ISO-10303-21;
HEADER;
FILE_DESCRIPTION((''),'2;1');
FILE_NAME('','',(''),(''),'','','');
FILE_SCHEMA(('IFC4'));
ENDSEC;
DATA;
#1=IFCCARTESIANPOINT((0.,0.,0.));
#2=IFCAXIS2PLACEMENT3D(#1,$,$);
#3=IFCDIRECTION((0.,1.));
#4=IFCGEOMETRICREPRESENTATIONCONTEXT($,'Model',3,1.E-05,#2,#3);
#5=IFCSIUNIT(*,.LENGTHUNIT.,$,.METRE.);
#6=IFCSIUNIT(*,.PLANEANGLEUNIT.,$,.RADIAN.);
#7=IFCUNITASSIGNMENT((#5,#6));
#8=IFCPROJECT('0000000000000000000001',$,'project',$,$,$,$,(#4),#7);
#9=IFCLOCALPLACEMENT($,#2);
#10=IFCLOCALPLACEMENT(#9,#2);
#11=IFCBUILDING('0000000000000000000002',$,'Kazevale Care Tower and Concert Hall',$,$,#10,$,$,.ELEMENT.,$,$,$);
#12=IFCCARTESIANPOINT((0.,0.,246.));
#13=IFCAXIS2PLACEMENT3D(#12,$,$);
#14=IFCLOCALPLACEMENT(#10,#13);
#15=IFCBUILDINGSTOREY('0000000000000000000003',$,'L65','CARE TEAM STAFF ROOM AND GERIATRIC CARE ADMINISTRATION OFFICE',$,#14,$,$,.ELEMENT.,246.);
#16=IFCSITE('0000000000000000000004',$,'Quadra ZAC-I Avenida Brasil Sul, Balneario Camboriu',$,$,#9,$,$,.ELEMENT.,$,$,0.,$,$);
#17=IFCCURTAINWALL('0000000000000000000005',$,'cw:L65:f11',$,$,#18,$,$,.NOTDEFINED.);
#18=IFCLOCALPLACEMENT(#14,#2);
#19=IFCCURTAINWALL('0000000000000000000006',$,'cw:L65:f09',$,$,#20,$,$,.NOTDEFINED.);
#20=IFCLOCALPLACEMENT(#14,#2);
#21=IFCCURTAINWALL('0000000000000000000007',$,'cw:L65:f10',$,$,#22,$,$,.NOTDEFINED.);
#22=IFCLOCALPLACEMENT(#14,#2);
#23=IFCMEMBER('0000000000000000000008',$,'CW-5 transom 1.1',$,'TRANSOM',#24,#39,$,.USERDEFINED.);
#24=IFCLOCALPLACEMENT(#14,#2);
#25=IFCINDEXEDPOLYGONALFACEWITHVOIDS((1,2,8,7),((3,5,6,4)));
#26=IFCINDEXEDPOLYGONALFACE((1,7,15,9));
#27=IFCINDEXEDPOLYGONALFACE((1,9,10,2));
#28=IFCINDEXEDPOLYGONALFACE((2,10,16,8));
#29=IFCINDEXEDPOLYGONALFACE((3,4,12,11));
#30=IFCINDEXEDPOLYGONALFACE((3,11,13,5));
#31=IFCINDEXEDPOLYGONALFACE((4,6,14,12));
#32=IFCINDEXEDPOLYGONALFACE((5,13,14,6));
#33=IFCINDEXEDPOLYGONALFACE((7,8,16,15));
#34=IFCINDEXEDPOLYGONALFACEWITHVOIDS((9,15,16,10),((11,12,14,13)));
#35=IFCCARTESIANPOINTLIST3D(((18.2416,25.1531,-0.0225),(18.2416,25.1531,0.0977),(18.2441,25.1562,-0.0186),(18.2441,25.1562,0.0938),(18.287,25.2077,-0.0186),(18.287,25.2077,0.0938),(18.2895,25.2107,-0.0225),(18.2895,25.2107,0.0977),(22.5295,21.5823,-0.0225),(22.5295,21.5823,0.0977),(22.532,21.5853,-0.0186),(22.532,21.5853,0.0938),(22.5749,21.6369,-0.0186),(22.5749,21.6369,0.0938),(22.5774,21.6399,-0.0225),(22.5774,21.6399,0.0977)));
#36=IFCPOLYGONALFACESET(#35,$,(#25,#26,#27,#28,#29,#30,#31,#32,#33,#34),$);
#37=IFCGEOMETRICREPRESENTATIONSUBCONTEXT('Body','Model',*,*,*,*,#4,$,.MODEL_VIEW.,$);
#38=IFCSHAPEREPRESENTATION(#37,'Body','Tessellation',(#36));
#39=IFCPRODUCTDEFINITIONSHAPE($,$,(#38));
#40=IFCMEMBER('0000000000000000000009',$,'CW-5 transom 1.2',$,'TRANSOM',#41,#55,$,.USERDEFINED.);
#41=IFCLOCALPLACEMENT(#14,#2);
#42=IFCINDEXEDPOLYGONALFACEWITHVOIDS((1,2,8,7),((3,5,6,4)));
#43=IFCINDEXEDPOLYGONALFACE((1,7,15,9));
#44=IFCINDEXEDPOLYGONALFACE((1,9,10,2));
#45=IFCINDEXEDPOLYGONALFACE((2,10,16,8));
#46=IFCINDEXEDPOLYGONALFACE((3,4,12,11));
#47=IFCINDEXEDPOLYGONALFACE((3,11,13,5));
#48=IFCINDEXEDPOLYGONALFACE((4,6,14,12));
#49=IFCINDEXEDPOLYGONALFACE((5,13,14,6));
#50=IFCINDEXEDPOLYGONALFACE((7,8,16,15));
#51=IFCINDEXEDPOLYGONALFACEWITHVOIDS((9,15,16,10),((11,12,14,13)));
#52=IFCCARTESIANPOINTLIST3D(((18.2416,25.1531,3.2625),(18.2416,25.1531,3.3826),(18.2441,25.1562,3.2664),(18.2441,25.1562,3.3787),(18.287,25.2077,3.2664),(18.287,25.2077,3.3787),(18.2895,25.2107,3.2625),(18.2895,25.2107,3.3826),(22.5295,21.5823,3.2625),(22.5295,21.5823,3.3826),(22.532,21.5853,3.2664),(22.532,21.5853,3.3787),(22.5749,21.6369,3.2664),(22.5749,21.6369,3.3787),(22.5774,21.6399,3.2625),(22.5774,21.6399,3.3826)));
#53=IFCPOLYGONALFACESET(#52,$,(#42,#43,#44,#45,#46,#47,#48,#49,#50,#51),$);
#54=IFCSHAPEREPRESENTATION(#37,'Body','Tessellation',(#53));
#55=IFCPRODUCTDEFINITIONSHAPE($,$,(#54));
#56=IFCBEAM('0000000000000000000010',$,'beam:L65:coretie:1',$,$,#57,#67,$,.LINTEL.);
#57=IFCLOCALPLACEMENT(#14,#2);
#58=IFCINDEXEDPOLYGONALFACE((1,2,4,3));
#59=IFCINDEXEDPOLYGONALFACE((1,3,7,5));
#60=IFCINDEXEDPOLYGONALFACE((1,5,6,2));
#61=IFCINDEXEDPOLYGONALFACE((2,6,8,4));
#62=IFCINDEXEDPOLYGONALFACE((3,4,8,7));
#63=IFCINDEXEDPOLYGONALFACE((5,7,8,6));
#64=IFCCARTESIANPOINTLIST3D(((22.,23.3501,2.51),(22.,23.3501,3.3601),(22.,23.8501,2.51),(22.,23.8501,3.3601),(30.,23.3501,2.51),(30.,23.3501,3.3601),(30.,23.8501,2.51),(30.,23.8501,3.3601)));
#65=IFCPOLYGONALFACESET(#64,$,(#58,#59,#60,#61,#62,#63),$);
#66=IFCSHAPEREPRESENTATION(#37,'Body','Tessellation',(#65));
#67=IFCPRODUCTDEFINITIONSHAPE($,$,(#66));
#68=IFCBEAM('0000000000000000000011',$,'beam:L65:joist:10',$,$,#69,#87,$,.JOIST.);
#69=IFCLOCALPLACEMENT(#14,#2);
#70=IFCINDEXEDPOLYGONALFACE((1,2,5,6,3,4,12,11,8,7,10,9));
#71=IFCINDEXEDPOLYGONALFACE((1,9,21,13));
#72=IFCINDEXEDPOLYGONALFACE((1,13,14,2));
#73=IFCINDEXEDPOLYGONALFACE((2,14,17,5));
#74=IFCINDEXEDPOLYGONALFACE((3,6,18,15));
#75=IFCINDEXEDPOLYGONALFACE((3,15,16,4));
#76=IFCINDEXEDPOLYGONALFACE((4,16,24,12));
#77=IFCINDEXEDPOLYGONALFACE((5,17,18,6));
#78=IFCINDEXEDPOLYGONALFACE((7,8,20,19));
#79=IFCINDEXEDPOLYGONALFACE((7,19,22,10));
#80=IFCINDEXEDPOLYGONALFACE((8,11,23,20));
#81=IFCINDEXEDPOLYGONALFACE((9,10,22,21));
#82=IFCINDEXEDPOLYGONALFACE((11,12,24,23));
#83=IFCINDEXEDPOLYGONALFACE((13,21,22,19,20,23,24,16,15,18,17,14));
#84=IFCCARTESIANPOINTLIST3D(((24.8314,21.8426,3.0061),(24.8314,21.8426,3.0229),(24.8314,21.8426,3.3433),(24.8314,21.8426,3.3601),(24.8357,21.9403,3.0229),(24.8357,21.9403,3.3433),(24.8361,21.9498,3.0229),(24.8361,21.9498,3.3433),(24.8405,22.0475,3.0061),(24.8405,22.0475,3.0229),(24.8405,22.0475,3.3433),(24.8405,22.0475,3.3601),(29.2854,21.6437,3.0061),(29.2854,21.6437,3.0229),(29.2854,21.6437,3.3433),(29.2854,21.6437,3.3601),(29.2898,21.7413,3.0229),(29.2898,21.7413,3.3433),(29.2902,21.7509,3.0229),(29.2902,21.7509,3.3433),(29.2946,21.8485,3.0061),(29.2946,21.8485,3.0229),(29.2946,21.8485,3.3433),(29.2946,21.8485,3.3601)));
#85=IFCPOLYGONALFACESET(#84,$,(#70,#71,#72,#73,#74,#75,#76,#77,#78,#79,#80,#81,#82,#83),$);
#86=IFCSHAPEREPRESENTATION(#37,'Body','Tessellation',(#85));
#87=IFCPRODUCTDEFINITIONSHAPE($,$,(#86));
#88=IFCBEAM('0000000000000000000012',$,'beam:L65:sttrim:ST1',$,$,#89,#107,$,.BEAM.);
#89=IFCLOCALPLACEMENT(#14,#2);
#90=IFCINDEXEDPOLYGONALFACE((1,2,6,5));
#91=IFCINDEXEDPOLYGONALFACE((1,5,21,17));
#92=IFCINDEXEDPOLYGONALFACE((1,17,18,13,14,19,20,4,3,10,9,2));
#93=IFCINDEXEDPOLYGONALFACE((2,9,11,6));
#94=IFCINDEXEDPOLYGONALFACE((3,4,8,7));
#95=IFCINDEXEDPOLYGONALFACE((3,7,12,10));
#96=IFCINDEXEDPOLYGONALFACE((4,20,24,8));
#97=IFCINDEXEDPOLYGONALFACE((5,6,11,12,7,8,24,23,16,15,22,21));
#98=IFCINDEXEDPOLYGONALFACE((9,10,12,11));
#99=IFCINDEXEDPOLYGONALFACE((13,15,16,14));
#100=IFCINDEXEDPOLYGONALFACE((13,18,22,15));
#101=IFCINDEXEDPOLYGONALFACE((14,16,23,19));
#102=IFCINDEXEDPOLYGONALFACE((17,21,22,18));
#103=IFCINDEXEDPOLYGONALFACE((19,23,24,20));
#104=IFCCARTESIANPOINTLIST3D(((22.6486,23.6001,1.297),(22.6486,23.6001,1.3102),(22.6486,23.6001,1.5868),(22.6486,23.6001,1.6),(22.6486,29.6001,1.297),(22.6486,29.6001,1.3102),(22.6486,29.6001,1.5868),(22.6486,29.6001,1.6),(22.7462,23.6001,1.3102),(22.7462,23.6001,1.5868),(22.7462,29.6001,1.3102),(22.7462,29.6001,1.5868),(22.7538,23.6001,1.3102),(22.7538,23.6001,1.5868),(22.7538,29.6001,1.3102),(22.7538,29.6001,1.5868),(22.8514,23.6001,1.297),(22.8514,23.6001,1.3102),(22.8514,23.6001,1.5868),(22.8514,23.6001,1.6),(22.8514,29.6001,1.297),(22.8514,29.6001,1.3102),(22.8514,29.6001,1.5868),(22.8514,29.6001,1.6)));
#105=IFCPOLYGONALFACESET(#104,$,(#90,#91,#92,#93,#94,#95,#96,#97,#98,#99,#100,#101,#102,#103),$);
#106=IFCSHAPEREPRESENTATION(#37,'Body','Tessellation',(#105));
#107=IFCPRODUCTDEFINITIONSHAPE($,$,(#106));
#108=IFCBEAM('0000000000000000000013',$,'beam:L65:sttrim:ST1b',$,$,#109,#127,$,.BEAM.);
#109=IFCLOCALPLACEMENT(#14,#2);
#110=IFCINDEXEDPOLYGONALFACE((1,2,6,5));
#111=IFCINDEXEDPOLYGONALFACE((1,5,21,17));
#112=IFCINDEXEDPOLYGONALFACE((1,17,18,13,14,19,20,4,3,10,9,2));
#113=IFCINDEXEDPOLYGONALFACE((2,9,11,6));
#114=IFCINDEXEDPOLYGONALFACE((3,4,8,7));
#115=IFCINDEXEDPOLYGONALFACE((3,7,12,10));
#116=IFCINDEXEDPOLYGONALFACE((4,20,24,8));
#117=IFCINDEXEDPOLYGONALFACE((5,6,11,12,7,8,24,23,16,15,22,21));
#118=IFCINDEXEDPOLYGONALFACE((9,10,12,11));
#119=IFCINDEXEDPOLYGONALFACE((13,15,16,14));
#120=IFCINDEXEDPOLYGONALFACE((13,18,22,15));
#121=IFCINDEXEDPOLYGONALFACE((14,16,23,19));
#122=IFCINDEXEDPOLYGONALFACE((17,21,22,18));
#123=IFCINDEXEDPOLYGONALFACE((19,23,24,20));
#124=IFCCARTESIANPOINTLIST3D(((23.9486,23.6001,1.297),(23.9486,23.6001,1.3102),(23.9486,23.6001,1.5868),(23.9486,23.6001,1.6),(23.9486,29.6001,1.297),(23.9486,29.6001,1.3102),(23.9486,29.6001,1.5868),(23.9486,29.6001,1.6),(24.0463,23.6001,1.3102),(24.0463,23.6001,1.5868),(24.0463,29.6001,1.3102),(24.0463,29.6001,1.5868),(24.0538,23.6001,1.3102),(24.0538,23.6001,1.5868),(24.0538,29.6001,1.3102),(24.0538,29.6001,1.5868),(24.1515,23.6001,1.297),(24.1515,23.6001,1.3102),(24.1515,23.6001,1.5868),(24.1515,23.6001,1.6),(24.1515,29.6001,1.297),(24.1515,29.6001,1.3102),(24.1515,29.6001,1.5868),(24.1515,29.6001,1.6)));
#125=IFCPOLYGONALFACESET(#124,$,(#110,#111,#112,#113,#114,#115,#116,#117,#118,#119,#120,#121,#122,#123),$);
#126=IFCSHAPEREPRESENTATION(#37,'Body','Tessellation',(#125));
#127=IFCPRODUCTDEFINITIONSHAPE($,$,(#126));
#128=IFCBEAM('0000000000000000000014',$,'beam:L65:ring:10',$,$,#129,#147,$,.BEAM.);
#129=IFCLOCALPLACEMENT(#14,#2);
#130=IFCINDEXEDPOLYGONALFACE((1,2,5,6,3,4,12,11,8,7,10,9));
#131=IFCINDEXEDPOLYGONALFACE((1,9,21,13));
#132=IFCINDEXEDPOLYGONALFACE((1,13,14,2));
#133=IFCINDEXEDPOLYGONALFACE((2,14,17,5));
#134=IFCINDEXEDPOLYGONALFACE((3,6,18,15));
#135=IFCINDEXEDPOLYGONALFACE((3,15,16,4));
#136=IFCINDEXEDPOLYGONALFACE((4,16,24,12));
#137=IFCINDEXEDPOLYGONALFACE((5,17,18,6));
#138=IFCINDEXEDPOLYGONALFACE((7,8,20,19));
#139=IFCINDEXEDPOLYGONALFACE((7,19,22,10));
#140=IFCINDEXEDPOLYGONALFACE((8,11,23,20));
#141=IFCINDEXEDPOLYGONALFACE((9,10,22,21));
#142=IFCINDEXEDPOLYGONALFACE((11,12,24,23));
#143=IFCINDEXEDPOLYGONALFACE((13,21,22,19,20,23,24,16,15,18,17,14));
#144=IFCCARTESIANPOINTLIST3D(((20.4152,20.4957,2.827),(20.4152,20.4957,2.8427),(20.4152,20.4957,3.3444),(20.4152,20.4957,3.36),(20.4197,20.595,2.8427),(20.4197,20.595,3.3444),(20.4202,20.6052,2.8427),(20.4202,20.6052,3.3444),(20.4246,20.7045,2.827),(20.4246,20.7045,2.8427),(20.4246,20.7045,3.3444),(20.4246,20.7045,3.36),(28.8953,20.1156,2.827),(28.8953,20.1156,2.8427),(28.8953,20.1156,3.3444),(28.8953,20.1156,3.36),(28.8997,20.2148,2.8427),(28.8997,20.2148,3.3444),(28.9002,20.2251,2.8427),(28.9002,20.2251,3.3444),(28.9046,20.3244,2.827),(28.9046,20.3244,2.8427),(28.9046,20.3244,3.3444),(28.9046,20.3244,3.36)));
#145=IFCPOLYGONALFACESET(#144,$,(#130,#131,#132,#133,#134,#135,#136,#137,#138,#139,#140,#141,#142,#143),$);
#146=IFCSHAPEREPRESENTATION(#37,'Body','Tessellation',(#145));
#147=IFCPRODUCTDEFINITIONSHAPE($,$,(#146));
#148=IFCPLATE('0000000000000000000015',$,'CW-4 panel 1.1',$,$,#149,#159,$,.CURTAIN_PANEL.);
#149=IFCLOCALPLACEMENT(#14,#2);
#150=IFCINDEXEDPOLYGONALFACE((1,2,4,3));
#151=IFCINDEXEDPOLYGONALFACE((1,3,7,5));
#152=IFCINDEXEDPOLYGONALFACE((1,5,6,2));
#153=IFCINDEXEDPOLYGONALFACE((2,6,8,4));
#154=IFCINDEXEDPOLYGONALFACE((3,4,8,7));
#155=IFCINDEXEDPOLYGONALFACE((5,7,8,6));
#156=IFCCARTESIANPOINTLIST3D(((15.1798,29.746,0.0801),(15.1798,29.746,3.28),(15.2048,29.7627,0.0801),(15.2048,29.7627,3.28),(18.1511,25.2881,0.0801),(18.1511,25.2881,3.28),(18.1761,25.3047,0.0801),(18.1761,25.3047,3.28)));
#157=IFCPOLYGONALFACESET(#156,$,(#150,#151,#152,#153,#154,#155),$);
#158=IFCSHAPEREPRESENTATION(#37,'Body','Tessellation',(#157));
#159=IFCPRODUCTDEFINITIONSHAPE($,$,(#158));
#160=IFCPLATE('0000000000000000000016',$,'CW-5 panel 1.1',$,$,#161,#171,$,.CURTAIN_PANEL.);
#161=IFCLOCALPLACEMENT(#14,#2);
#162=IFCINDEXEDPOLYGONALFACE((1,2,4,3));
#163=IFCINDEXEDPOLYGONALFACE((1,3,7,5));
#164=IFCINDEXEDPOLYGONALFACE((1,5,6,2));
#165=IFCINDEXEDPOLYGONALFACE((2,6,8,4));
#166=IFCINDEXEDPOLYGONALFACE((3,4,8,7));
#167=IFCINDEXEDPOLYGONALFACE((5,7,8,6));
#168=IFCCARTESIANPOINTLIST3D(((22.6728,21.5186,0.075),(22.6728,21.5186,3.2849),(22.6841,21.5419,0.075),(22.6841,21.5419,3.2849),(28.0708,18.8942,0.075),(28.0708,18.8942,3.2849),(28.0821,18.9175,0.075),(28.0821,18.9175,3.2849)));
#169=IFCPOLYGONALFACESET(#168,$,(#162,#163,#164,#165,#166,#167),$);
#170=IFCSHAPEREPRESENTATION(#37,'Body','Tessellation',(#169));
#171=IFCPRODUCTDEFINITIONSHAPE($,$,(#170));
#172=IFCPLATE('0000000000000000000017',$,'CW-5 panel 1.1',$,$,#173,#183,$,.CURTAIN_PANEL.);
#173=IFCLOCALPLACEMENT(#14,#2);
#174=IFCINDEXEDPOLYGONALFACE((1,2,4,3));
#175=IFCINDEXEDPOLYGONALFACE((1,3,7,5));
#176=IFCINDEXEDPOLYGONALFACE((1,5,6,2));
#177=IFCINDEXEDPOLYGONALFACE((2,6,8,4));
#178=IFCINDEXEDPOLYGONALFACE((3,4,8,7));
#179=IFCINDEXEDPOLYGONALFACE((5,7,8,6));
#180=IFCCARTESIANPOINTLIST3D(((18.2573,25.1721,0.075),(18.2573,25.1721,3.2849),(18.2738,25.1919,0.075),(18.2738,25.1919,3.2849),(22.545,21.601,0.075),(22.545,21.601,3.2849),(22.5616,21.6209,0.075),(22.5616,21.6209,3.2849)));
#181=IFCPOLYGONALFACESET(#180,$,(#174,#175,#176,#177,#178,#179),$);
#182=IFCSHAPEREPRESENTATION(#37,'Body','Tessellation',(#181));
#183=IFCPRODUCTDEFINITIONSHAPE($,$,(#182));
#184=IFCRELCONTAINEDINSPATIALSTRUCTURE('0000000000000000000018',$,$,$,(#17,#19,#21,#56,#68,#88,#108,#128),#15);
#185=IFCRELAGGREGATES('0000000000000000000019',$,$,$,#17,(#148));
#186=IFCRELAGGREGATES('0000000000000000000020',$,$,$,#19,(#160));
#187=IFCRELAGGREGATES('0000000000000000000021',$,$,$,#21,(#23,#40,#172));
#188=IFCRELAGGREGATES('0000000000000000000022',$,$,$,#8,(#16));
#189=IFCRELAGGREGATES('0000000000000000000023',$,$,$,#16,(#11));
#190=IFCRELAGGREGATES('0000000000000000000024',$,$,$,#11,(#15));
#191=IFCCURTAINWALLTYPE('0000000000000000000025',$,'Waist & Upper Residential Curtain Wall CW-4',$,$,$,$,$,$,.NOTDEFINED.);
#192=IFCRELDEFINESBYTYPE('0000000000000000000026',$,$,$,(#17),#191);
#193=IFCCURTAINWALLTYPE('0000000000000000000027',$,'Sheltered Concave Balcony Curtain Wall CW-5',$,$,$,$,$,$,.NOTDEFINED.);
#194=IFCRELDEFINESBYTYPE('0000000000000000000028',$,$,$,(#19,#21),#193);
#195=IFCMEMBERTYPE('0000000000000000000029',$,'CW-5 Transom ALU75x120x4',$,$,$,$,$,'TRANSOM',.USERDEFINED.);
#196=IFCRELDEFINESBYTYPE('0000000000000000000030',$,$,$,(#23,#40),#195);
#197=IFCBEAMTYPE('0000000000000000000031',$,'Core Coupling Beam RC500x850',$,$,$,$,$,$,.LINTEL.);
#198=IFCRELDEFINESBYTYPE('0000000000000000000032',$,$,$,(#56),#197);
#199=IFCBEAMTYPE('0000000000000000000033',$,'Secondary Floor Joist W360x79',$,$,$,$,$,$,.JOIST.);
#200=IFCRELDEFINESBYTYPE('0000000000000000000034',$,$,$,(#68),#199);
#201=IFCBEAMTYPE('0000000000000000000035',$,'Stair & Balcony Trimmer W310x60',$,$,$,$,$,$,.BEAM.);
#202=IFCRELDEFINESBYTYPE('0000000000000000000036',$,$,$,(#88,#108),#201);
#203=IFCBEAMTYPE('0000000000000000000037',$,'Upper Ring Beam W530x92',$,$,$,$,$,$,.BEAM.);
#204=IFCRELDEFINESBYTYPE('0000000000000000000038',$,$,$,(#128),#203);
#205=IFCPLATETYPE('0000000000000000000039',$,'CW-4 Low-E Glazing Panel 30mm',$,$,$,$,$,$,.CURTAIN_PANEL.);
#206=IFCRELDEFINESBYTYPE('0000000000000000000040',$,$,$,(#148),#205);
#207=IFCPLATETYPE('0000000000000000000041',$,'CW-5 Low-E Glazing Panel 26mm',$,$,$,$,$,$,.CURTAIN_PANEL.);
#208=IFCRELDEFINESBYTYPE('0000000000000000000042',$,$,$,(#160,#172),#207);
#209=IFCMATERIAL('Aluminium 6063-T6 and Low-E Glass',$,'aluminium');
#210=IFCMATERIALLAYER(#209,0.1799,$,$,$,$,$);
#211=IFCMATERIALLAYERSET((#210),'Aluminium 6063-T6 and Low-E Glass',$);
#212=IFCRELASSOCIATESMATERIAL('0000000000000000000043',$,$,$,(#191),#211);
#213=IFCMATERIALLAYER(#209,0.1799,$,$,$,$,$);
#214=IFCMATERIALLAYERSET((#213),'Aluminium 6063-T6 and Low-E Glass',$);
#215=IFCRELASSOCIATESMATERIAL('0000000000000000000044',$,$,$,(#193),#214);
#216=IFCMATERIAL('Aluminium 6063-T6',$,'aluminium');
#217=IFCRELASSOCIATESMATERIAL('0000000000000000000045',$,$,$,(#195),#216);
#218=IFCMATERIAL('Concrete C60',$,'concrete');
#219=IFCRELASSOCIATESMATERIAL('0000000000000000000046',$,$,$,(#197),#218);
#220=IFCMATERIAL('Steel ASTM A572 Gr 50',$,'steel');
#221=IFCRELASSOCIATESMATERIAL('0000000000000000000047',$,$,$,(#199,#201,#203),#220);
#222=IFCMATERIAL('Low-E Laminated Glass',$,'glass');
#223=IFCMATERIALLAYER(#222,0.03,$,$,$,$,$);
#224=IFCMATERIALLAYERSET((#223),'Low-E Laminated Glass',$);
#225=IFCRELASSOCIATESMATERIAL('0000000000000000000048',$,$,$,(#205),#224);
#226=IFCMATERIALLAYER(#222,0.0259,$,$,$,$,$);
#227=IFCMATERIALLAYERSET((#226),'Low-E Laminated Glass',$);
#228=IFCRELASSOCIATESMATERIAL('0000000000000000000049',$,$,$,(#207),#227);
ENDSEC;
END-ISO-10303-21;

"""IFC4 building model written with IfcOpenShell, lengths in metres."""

from ifc_helpers import new_model, si_unit, direction, frame, origin, origin_2d, place, context, subcontext, project, spatial, rectangle, hollow_rectangle, i_section, extrude, material, layer, layer_set, material_profile, profile_set, type_object, element, aggregate, save


model = new_model("IFC4")

# Units and contexts
model_context = context("Model", 3, precision=1e-05, world=origin(), true_north=direction((0.0, 1.0)))
body_context = subcontext(model_context, "Body", "Model", "MODEL_VIEW")
ifc_project = project(units=[si_unit("LENGTHUNIT", "METRE"), si_unit("PLANEANGLEUNIT", "RADIAN")], contexts=[model_context])

# Site, building, storey
site_placement = place(None, origin())
site = spatial("IfcSite", under=ifc_project, at=site_placement, Name="Quadra ZAC-I Avenida Brasil Sul, Balneario Camboriu", CompositionType="ELEMENT", RefElevation=0.0)
building_placement = place(site_placement, origin())
building = spatial("IfcBuilding", under=site, at=building_placement, Name="Kazevale Care Tower and Concert Hall", CompositionType="ELEMENT")
storey_placement = place(building_placement, frame((0.0, 0.0, 246.0)))
storey = spatial("IfcBuildingStorey", under=building, at=storey_placement, Name="L65", Description="CARE TEAM STAFF ROOM AND GERIATRIC CARE ADMINISTRATION OFFICE", CompositionType="ELEMENT", Elevation=246.0)

# Curtain wall
ifc_material_1 = material(Name="Aluminium 6063-T6 and Low-E Glass", Category="aluminium")
ifc_layer_1 = layer(ifc_material_1, 0.1799)
ifc_layer_set_1 = layer_set([ifc_layer_1], Name="Aluminium 6063-T6 and Low-E Glass")
curtain_wall_type_1 = type_object("IfcCurtainWallType", Name="Waist & Upper Residential Curtain Wall CW-4", PredefinedType="NOTDEFINED", material=ifc_layer_set_1)
curtain_wall_1_placement = place(storey_placement, origin())
curtain_wall_1 = element("IfcCurtainWall", 1, at=curtain_wall_1_placement, inside=storey, type_object=curtain_wall_type_1, Name="cw:L65:f11", PredefinedType="NOTDEFINED")
ifc_material_2 = material(Name="Aluminium 6063-T6", Category="aluminium")

# Curtain wall
ifc_layer_2 = layer(ifc_material_1, 0.1799)
ifc_layer_set_2 = layer_set([ifc_layer_2], Name="Aluminium 6063-T6 and Low-E Glass")
curtain_wall_type_2 = type_object("IfcCurtainWallType", Name="Sheltered Concave Balcony Curtain Wall CW-5", PredefinedType="NOTDEFINED", material=ifc_layer_set_2)
curtain_wall_2_placement = place(storey_placement, origin())
curtain_wall_2 = element("IfcCurtainWall", 2, at=curtain_wall_2_placement, inside=storey, type_object=curtain_wall_type_2, Name="cw:L65:f09", PredefinedType="NOTDEFINED")

# Curtain wall, members
curtain_wall_3_placement = place(storey_placement, origin())
curtain_wall_3 = element("IfcCurtainWall", 3, at=curtain_wall_3_placement, inside=storey, type_object=curtain_wall_type_2, Name="cw:L65:f10", PredefinedType="NOTDEFINED")
ifc_material_profile_1 = material_profile(ifc_material_2, hollow_rectangle(XDim=0.075, YDim=0.1201, WallThickness=0.0039, at=origin_2d()), Name="ALU75x120x4")
ifc_profile_set_1 = profile_set([ifc_material_profile_1], Name="Aluminium 6063-T6")
member_type_1 = type_object("IfcMemberType", Name="CW-5 Transom ALU75x120x4", ElementType="TRANSOM", PredefinedType="USERDEFINED", material=ifc_profile_set_1)
member_1_placement = place(storey_placement, frame((22.5535, 21.6111, 0.0376), z_axis=(-0.768433, 0.63993, 0.0), x_axis=(-0.63993, -0.768433, 0.0)))
member_1 = element("IfcMember", 4, at=member_1_placement, type_object=member_type_1, Name="CW-5 transom 1.1", ObjectType="TRANSOM", PredefinedType="USERDEFINED", context=body_context, shape_type="SweptSolid", body=[
    extrude(hollow_rectangle(XDim=0.075, YDim=0.1201, WallThickness=0.0039, at=origin_2d()), origin(), (0.0, 0.0, 1.0), 5.5801),
])
member_2_placement = place(storey_placement, frame((22.5535, 21.6111, 3.3225), z_axis=(-0.768433, 0.63993, 0.0), x_axis=(-0.63993, -0.768433, 0.0)))
member_2 = element("IfcMember", 5, at=member_2_placement, type_object=member_type_1, Name="CW-5 transom 1.2", ObjectType="TRANSOM", PredefinedType="USERDEFINED", context=body_context, shape_type="SweptSolid", body=[
    extrude(hollow_rectangle(XDim=0.075, YDim=0.1201, WallThickness=0.0039, at=origin_2d()), origin(), (0.0, 0.0, 1.0), 5.5801),
])

# Beams
ifc_material_3 = material(Name="Concrete C60", Category="concrete")
ifc_material_profile_2 = material_profile(ifc_material_3, rectangle(XDim=0.5, YDim=0.8501, at=origin_2d()), Name="RC-B500x850")
ifc_profile_set_2 = profile_set([ifc_material_profile_2], Name="Concrete C60")
beam_type_1 = type_object("IfcBeamType", Name="Core Coupling Beam RC500x850", PredefinedType="LINTEL", material=ifc_profile_set_2)
beam_1_placement = place(storey_placement, frame((22.0, 23.6001, 2.9351), z_axis=(1.0, 0.0, 0.0), x_axis=(0.0, 1.0, 0.0)))
element("IfcBeam", 6, at=beam_1_placement, inside=storey, type_object=beam_type_1, Name="beam:L65:coretie:1", PredefinedType="LINTEL", context=body_context, shape_type="SweptSolid", body=[
    extrude(rectangle(XDim=0.5, YDim=0.8501, at=origin_2d()), origin(), (0.0, 0.0, 1.0), 8.0),
])
ifc_material_4 = material(Name="Steel ASTM A572 Gr 50", Category="steel")
ifc_material_profile_3 = material_profile(ifc_material_4, i_section(OverallWidth=0.2051, OverallDepth=0.354, WebThickness=0.0095, FlangeThickness=0.0168, at=origin_2d()), Name="W360x79")
ifc_profile_set_3 = profile_set([ifc_material_profile_3], Name="Steel ASTM A572 Gr 50")
beam_type_2 = type_object("IfcBeamType", Name="Secondary Floor Joist W360x79", PredefinedType="JOIST", material=ifc_profile_set_3)
beam_2_placement = place(storey_placement, frame((24.8359, 21.9451, 3.1831), z_axis=(0.999004, -0.044628, 0.0), x_axis=(0.044628, 0.999004, 0.0)))
element("IfcBeam", 7, at=beam_2_placement, inside=storey, type_object=beam_type_2, Name="beam:L65:joist:10", PredefinedType="JOIST", context=body_context, shape_type="SweptSolid", body=[
    extrude(i_section(OverallWidth=0.2051, OverallDepth=0.354, WebThickness=0.0095, FlangeThickness=0.0168, at=origin_2d()), origin(), (0.0, 0.0, 1.0), 4.4585),
])
ifc_material_profile_4 = material_profile(ifc_material_4, i_section(OverallWidth=0.2029, OverallDepth=0.303, WebThickness=0.0076, FlangeThickness=0.0132, at=origin_2d()), Name="W310x60")
ifc_profile_set_4 = profile_set([ifc_material_profile_4], Name="Steel ASTM A572 Gr 50")
beam_type_3 = type_object("IfcBeamType", Name="Stair & Balcony Trimmer W310x60", PredefinedType="BEAM", material=ifc_profile_set_4)
for number, where, z_axis, x_axis, name in (
    (8, (22.75, 23.6001, 1.4485), (0.0, 1.0, 0.0), (-1.0, 0.0, 0.0), "beam:L65:sttrim:ST1"),
    (9, (24.05, 23.6001, 1.4485), (0.0, 1.0, 0.0), (-1.0, 0.0, 0.0), "beam:L65:sttrim:ST1b"),
):
    element("IfcBeam", number, at=place(storey_placement, frame(where, z_axis=z_axis, x_axis=x_axis)), inside=storey, type_object=beam_type_3, Name=name, PredefinedType="BEAM", context=body_context, shape_type="SweptSolid", body=[
        extrude(i_section(OverallWidth=0.2029, OverallDepth=0.303, WebThickness=0.0076, FlangeThickness=0.0132, at=origin_2d()), origin(), (0.0, 0.0, 1.0), 6.0),
    ])
ifc_material_profile_5 = material_profile(ifc_material_4, i_section(OverallWidth=0.209, OverallDepth=0.533, WebThickness=0.0103, FlangeThickness=0.0156, at=origin_2d()), Name="W530x92")
ifc_profile_set_5 = profile_set([ifc_material_profile_5], Name="Steel ASTM A572 Gr 50")
beam_type_4 = type_object("IfcBeamType", Name="Upper Ring Beam W530x92", PredefinedType="BEAM", material=ifc_profile_set_5)
beam_3_placement = place(storey_placement, frame((20.4199, 20.6001, 3.0935), z_axis=(0.998997, -0.044781, 0.0), x_axis=(0.044781, 0.998997, 0.0)))
element("IfcBeam", 10, at=beam_3_placement, inside=storey, type_object=beam_type_4, Name="beam:L65:ring:10", PredefinedType="BEAM", context=body_context, shape_type="SweptSolid", body=[
    extrude(i_section(OverallWidth=0.209, OverallDepth=0.533, WebThickness=0.0103, FlangeThickness=0.0156, at=origin_2d()), origin(), (0.0, 0.0, 1.0), 8.4885),
])

# Plates
ifc_material_5 = material(Name="Low-E Laminated Glass", Category="glass")
ifc_layer_3 = layer(ifc_material_5, 0.03)
ifc_layer_set_3 = layer_set([ifc_layer_3], Name="Low-E Laminated Glass")
plate_type_1 = type_object("IfcPlateType", Name="CW-4 Low-E Glazing Panel 30mm", PredefinedType="CURTAIN_PANEL", material=ifc_layer_set_3)
plate_1_placement = place(storey_placement, frame((16.678, 27.5254, 0.0801), z_axis=(0.0, 0.0, 1.0), x_axis=(-0.554617, 0.832106, 0.0)))
plate_1 = element("IfcPlate", 11, at=plate_1_placement, type_object=plate_type_1, Name="CW-4 panel 1.1", PredefinedType="CURTAIN_PANEL", context=body_context, shape_type="SweptSolid", body=[
    extrude(rectangle(XDim=5.3574, YDim=0.03, at=origin_2d()), origin(), (0.0, 0.0, 1.0), 3.2),
])
aggregate(curtain_wall_1, [plate_1])
ifc_layer_4 = layer(ifc_material_5, 0.0259)
ifc_layer_set_4 = layer_set([ifc_layer_4], Name="Low-E Laminated Glass")
plate_type_2 = type_object("IfcPlateType", Name="CW-5 Low-E Glazing Panel 26mm", PredefinedType="CURTAIN_PANEL", material=ifc_layer_set_4)
plate_2_placement = place(storey_placement, frame((25.3774, 20.218, 0.075), z_axis=(0.0, 0.0, 1.0), x_axis=(-0.899346, 0.437238, 0.0)))
plate_2 = element("IfcPlate", 12, at=plate_2_placement, type_object=plate_type_2, Name="CW-5 panel 1.1", PredefinedType="CURTAIN_PANEL", context=body_context, shape_type="SweptSolid", body=[
    extrude(rectangle(XDim=6.0022, YDim=0.0259, at=origin_2d()), origin(), (0.0, 0.0, 1.0), 3.21),
])
aggregate(curtain_wall_2, [plate_2])
plate_3_placement = place(storey_placement, frame((20.4094, 23.3965, 0.075), z_axis=(0.0, 0.0, 1.0), x_axis=(-0.768407, 0.639961, 0.0)))
plate_3 = element("IfcPlate", 13, at=plate_3_placement, type_object=plate_type_2, Name="CW-5 panel 1.1", PredefinedType="CURTAIN_PANEL", context=body_context, shape_type="SweptSolid", body=[
    extrude(rectangle(XDim=5.5801, YDim=0.0259, at=origin_2d()), origin(), (0.0, 0.0, 1.0), 3.21),
])
aggregate(curtain_wall_3, [member_1, member_2, plate_3])

save(model, "model.ifc")
